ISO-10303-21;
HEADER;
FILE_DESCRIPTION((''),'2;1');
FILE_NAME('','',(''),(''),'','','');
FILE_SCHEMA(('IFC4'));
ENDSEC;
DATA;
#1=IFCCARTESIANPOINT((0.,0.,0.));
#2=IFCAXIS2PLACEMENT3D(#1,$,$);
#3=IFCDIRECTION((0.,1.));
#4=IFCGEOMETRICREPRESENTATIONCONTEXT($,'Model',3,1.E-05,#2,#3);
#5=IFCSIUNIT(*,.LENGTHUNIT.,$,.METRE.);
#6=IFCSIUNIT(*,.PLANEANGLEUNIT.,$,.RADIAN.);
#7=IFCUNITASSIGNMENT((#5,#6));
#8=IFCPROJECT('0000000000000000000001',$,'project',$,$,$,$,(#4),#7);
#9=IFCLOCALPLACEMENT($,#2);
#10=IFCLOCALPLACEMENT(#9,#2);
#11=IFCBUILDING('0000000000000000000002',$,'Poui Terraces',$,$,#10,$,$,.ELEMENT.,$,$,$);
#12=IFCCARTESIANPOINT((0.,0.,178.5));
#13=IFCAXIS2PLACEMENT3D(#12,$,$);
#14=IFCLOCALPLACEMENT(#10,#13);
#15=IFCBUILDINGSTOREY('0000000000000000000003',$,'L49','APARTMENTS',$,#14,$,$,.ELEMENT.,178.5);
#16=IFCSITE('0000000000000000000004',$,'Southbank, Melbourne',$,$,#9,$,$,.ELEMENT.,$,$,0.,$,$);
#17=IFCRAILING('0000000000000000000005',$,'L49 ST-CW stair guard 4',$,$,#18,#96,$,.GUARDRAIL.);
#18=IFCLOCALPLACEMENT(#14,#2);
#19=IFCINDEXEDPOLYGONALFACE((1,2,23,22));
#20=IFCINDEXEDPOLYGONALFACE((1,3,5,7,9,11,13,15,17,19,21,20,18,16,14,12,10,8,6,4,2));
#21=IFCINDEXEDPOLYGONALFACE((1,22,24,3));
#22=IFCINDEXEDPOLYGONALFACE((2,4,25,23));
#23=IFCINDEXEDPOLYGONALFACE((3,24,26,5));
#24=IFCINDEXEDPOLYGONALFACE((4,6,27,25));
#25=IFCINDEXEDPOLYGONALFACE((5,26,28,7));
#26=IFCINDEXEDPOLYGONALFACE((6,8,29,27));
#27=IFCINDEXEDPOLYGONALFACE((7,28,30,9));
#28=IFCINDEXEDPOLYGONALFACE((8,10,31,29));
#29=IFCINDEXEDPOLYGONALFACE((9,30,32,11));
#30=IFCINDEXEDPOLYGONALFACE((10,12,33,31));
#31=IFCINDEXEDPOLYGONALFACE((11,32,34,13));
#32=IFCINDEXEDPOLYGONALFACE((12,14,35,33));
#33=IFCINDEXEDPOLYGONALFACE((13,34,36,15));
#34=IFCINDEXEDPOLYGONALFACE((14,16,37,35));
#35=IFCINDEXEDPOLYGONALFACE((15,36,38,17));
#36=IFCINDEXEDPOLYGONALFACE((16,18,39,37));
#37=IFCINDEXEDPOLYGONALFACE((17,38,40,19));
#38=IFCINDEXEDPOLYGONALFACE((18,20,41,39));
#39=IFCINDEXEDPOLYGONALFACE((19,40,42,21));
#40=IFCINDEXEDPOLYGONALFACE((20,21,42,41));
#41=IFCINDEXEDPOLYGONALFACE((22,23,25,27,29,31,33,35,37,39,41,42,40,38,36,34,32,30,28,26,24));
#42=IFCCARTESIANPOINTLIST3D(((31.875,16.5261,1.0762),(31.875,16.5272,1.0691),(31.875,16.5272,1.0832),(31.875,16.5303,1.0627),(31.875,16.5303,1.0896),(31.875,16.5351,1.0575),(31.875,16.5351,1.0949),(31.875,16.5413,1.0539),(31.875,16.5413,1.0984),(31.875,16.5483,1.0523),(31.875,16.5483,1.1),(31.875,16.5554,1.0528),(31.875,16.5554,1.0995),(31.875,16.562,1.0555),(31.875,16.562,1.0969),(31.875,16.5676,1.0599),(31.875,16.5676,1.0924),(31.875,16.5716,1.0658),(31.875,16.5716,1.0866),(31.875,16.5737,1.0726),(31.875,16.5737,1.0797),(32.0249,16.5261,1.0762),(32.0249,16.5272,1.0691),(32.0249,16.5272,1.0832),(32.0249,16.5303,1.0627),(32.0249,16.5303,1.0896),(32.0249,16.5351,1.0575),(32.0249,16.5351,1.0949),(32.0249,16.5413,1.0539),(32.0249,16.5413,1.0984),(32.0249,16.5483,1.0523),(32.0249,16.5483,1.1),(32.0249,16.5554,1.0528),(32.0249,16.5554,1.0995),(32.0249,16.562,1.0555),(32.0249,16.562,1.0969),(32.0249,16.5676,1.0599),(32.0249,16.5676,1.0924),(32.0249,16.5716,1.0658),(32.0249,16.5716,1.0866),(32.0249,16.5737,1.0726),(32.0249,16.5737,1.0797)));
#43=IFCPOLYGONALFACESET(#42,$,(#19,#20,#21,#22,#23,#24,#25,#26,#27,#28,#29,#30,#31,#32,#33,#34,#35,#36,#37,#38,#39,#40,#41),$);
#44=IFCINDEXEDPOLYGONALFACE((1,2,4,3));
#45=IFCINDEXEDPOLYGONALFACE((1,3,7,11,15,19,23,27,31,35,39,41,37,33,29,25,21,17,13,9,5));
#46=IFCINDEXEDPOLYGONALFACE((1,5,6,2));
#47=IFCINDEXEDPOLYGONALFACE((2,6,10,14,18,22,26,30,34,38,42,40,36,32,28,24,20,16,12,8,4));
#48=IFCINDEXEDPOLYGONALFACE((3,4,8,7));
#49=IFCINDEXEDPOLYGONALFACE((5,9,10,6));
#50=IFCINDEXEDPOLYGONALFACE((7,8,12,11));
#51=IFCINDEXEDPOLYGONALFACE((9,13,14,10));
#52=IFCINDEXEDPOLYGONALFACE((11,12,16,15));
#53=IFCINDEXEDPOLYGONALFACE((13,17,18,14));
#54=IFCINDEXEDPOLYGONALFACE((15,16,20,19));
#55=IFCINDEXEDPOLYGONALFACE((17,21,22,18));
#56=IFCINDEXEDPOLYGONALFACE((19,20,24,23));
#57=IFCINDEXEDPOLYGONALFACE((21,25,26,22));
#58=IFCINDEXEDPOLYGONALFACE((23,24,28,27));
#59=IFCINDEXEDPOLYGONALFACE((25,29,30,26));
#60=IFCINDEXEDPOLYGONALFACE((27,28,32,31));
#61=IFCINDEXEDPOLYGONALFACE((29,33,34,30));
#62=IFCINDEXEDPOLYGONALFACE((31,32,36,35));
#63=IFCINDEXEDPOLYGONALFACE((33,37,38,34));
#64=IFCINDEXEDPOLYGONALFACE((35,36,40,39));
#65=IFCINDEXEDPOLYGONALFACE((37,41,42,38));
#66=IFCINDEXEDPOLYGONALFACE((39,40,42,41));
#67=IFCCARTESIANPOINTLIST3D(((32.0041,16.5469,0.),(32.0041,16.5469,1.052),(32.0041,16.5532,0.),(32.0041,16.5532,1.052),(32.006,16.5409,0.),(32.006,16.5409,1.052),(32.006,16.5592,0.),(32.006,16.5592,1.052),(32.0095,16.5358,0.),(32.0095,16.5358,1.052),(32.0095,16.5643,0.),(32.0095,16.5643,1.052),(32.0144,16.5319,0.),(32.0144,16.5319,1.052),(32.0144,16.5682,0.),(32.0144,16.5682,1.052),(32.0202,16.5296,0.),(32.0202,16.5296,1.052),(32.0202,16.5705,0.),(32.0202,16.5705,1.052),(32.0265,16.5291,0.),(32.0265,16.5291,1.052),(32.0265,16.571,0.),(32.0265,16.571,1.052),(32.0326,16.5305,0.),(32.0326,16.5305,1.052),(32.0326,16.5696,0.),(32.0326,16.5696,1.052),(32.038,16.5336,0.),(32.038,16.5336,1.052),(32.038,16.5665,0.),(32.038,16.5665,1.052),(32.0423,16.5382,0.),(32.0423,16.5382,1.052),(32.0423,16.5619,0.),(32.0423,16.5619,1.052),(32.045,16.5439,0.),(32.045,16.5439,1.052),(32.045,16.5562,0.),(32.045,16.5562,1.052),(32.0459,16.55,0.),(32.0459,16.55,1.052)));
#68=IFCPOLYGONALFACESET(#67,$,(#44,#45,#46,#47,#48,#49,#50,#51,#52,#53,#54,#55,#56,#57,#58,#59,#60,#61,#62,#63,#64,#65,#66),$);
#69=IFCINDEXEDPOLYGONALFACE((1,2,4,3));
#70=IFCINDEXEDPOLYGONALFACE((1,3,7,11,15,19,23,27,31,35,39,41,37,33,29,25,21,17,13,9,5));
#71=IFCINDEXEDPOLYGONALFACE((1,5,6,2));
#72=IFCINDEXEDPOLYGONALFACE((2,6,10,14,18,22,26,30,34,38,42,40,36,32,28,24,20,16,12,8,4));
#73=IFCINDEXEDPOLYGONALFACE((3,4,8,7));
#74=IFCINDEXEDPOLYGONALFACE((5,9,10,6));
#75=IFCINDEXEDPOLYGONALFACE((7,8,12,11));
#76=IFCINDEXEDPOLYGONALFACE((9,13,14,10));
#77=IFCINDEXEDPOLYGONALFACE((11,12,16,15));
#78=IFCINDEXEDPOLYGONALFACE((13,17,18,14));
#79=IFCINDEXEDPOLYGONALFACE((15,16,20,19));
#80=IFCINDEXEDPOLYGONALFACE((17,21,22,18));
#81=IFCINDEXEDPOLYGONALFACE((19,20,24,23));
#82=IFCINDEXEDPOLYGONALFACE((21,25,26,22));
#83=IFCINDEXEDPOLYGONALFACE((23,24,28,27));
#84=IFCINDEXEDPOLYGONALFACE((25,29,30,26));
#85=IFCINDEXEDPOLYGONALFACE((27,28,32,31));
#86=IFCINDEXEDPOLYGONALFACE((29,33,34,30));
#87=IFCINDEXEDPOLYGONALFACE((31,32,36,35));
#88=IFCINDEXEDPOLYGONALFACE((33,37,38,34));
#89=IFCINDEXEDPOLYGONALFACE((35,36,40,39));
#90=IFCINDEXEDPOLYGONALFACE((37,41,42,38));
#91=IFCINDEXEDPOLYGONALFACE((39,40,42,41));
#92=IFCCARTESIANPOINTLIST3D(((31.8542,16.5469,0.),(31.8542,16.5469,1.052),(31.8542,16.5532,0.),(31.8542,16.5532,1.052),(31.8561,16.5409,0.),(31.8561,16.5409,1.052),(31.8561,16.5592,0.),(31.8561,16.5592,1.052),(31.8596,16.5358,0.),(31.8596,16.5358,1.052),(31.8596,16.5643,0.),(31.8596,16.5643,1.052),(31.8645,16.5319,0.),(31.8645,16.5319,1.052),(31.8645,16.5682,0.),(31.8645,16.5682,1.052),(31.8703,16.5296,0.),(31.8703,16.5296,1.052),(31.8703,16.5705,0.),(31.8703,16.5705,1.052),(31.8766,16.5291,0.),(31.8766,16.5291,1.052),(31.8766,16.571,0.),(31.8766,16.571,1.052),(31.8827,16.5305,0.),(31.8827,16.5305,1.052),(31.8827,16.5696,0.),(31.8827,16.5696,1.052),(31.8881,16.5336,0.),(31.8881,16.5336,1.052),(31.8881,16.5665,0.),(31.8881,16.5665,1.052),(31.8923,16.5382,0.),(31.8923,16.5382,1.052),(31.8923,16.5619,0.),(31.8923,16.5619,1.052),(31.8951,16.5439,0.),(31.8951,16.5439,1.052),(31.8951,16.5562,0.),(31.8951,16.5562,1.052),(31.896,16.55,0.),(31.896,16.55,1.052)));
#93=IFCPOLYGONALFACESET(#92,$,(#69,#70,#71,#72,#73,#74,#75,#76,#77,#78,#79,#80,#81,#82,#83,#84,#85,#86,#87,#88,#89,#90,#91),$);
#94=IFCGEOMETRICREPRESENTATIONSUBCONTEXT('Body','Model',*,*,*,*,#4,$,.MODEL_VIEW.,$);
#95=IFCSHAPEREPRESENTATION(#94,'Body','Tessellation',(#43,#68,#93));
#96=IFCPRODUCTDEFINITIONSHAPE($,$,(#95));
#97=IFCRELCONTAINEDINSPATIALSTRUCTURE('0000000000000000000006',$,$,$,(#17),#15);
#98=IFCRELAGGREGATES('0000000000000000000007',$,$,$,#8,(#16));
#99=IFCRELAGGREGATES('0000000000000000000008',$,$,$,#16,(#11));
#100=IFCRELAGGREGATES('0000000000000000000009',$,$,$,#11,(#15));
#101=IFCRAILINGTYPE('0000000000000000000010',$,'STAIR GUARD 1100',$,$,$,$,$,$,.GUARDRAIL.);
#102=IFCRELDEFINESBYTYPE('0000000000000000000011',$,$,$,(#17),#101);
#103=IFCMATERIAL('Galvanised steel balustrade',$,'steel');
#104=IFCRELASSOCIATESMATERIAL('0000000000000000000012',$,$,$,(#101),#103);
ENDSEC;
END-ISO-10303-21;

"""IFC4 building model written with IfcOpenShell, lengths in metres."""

from ifc_helpers import new_model, si_unit, direction, frame, origin, origin_2d, place, context, subcontext, project, spatial, circle, extrude, material, type_object, element, save


model = new_model("IFC4")

# Units and contexts
model_context = context("Model", 3, precision=1e-05, world=origin(), true_north=direction((0.0, 1.0)))
body_context = subcontext(model_context, "Body", "Model", "MODEL_VIEW")
ifc_project = project(units=[si_unit("LENGTHUNIT", "METRE"), si_unit("PLANEANGLEUNIT", "RADIAN")], contexts=[model_context])

# Site, building, storey
site_placement = place(None, origin())
site = spatial("IfcSite", under=ifc_project, at=site_placement, Name="Southbank, Melbourne", CompositionType="ELEMENT", RefElevation=0.0)
building_placement = place(site_placement, origin())
building = spatial("IfcBuilding", under=site, at=building_placement, Name="Poui Terraces", CompositionType="ELEMENT")
storey_placement = place(building_placement, frame((0.0, 0.0, 178.5)))
storey = spatial("IfcBuildingStorey", under=building, at=storey_placement, Name="L49", Description="APARTMENTS", CompositionType="ELEMENT", Elevation=178.5)

# Railing
ifc_material_1 = material(Name="Galvanised steel balustrade", Category="steel")
railing_type_1 = type_object("IfcRailingType", Name="STAIR GUARD 1100", PredefinedType="GUARDRAIL", material=ifc_material_1)
railing_1_placement = place(storey_placement, frame((32.0249, 16.55, 0.0)))
element("IfcRailing", 1, at=railing_1_placement, inside=storey, type_object=railing_type_1, Name="L49 ST-CW stair guard 4", PredefinedType="GUARDRAIL", context=body_context, shape_type="SweptSolid", body=[
    extrude(circle(Radius=0.0239, at=origin_2d()), frame((0.0, 0.0, 1.0762), z_axis=(-1.0, 0.0, 0.0), x_axis=(0.0, -1.0, 0.0)), (0.0, 0.0, 1.0), 0.1499),
    extrude(circle(Radius=0.021, at=origin_2d()), origin(), (0.0, 0.0, 1.0), 1.052),
    extrude(circle(Radius=0.021, at=origin_2d()), frame((-0.1499, 0.0, 0.0)), (0.0, 0.0, 1.0), 1.052),
])

save(model, "model.ifc")
